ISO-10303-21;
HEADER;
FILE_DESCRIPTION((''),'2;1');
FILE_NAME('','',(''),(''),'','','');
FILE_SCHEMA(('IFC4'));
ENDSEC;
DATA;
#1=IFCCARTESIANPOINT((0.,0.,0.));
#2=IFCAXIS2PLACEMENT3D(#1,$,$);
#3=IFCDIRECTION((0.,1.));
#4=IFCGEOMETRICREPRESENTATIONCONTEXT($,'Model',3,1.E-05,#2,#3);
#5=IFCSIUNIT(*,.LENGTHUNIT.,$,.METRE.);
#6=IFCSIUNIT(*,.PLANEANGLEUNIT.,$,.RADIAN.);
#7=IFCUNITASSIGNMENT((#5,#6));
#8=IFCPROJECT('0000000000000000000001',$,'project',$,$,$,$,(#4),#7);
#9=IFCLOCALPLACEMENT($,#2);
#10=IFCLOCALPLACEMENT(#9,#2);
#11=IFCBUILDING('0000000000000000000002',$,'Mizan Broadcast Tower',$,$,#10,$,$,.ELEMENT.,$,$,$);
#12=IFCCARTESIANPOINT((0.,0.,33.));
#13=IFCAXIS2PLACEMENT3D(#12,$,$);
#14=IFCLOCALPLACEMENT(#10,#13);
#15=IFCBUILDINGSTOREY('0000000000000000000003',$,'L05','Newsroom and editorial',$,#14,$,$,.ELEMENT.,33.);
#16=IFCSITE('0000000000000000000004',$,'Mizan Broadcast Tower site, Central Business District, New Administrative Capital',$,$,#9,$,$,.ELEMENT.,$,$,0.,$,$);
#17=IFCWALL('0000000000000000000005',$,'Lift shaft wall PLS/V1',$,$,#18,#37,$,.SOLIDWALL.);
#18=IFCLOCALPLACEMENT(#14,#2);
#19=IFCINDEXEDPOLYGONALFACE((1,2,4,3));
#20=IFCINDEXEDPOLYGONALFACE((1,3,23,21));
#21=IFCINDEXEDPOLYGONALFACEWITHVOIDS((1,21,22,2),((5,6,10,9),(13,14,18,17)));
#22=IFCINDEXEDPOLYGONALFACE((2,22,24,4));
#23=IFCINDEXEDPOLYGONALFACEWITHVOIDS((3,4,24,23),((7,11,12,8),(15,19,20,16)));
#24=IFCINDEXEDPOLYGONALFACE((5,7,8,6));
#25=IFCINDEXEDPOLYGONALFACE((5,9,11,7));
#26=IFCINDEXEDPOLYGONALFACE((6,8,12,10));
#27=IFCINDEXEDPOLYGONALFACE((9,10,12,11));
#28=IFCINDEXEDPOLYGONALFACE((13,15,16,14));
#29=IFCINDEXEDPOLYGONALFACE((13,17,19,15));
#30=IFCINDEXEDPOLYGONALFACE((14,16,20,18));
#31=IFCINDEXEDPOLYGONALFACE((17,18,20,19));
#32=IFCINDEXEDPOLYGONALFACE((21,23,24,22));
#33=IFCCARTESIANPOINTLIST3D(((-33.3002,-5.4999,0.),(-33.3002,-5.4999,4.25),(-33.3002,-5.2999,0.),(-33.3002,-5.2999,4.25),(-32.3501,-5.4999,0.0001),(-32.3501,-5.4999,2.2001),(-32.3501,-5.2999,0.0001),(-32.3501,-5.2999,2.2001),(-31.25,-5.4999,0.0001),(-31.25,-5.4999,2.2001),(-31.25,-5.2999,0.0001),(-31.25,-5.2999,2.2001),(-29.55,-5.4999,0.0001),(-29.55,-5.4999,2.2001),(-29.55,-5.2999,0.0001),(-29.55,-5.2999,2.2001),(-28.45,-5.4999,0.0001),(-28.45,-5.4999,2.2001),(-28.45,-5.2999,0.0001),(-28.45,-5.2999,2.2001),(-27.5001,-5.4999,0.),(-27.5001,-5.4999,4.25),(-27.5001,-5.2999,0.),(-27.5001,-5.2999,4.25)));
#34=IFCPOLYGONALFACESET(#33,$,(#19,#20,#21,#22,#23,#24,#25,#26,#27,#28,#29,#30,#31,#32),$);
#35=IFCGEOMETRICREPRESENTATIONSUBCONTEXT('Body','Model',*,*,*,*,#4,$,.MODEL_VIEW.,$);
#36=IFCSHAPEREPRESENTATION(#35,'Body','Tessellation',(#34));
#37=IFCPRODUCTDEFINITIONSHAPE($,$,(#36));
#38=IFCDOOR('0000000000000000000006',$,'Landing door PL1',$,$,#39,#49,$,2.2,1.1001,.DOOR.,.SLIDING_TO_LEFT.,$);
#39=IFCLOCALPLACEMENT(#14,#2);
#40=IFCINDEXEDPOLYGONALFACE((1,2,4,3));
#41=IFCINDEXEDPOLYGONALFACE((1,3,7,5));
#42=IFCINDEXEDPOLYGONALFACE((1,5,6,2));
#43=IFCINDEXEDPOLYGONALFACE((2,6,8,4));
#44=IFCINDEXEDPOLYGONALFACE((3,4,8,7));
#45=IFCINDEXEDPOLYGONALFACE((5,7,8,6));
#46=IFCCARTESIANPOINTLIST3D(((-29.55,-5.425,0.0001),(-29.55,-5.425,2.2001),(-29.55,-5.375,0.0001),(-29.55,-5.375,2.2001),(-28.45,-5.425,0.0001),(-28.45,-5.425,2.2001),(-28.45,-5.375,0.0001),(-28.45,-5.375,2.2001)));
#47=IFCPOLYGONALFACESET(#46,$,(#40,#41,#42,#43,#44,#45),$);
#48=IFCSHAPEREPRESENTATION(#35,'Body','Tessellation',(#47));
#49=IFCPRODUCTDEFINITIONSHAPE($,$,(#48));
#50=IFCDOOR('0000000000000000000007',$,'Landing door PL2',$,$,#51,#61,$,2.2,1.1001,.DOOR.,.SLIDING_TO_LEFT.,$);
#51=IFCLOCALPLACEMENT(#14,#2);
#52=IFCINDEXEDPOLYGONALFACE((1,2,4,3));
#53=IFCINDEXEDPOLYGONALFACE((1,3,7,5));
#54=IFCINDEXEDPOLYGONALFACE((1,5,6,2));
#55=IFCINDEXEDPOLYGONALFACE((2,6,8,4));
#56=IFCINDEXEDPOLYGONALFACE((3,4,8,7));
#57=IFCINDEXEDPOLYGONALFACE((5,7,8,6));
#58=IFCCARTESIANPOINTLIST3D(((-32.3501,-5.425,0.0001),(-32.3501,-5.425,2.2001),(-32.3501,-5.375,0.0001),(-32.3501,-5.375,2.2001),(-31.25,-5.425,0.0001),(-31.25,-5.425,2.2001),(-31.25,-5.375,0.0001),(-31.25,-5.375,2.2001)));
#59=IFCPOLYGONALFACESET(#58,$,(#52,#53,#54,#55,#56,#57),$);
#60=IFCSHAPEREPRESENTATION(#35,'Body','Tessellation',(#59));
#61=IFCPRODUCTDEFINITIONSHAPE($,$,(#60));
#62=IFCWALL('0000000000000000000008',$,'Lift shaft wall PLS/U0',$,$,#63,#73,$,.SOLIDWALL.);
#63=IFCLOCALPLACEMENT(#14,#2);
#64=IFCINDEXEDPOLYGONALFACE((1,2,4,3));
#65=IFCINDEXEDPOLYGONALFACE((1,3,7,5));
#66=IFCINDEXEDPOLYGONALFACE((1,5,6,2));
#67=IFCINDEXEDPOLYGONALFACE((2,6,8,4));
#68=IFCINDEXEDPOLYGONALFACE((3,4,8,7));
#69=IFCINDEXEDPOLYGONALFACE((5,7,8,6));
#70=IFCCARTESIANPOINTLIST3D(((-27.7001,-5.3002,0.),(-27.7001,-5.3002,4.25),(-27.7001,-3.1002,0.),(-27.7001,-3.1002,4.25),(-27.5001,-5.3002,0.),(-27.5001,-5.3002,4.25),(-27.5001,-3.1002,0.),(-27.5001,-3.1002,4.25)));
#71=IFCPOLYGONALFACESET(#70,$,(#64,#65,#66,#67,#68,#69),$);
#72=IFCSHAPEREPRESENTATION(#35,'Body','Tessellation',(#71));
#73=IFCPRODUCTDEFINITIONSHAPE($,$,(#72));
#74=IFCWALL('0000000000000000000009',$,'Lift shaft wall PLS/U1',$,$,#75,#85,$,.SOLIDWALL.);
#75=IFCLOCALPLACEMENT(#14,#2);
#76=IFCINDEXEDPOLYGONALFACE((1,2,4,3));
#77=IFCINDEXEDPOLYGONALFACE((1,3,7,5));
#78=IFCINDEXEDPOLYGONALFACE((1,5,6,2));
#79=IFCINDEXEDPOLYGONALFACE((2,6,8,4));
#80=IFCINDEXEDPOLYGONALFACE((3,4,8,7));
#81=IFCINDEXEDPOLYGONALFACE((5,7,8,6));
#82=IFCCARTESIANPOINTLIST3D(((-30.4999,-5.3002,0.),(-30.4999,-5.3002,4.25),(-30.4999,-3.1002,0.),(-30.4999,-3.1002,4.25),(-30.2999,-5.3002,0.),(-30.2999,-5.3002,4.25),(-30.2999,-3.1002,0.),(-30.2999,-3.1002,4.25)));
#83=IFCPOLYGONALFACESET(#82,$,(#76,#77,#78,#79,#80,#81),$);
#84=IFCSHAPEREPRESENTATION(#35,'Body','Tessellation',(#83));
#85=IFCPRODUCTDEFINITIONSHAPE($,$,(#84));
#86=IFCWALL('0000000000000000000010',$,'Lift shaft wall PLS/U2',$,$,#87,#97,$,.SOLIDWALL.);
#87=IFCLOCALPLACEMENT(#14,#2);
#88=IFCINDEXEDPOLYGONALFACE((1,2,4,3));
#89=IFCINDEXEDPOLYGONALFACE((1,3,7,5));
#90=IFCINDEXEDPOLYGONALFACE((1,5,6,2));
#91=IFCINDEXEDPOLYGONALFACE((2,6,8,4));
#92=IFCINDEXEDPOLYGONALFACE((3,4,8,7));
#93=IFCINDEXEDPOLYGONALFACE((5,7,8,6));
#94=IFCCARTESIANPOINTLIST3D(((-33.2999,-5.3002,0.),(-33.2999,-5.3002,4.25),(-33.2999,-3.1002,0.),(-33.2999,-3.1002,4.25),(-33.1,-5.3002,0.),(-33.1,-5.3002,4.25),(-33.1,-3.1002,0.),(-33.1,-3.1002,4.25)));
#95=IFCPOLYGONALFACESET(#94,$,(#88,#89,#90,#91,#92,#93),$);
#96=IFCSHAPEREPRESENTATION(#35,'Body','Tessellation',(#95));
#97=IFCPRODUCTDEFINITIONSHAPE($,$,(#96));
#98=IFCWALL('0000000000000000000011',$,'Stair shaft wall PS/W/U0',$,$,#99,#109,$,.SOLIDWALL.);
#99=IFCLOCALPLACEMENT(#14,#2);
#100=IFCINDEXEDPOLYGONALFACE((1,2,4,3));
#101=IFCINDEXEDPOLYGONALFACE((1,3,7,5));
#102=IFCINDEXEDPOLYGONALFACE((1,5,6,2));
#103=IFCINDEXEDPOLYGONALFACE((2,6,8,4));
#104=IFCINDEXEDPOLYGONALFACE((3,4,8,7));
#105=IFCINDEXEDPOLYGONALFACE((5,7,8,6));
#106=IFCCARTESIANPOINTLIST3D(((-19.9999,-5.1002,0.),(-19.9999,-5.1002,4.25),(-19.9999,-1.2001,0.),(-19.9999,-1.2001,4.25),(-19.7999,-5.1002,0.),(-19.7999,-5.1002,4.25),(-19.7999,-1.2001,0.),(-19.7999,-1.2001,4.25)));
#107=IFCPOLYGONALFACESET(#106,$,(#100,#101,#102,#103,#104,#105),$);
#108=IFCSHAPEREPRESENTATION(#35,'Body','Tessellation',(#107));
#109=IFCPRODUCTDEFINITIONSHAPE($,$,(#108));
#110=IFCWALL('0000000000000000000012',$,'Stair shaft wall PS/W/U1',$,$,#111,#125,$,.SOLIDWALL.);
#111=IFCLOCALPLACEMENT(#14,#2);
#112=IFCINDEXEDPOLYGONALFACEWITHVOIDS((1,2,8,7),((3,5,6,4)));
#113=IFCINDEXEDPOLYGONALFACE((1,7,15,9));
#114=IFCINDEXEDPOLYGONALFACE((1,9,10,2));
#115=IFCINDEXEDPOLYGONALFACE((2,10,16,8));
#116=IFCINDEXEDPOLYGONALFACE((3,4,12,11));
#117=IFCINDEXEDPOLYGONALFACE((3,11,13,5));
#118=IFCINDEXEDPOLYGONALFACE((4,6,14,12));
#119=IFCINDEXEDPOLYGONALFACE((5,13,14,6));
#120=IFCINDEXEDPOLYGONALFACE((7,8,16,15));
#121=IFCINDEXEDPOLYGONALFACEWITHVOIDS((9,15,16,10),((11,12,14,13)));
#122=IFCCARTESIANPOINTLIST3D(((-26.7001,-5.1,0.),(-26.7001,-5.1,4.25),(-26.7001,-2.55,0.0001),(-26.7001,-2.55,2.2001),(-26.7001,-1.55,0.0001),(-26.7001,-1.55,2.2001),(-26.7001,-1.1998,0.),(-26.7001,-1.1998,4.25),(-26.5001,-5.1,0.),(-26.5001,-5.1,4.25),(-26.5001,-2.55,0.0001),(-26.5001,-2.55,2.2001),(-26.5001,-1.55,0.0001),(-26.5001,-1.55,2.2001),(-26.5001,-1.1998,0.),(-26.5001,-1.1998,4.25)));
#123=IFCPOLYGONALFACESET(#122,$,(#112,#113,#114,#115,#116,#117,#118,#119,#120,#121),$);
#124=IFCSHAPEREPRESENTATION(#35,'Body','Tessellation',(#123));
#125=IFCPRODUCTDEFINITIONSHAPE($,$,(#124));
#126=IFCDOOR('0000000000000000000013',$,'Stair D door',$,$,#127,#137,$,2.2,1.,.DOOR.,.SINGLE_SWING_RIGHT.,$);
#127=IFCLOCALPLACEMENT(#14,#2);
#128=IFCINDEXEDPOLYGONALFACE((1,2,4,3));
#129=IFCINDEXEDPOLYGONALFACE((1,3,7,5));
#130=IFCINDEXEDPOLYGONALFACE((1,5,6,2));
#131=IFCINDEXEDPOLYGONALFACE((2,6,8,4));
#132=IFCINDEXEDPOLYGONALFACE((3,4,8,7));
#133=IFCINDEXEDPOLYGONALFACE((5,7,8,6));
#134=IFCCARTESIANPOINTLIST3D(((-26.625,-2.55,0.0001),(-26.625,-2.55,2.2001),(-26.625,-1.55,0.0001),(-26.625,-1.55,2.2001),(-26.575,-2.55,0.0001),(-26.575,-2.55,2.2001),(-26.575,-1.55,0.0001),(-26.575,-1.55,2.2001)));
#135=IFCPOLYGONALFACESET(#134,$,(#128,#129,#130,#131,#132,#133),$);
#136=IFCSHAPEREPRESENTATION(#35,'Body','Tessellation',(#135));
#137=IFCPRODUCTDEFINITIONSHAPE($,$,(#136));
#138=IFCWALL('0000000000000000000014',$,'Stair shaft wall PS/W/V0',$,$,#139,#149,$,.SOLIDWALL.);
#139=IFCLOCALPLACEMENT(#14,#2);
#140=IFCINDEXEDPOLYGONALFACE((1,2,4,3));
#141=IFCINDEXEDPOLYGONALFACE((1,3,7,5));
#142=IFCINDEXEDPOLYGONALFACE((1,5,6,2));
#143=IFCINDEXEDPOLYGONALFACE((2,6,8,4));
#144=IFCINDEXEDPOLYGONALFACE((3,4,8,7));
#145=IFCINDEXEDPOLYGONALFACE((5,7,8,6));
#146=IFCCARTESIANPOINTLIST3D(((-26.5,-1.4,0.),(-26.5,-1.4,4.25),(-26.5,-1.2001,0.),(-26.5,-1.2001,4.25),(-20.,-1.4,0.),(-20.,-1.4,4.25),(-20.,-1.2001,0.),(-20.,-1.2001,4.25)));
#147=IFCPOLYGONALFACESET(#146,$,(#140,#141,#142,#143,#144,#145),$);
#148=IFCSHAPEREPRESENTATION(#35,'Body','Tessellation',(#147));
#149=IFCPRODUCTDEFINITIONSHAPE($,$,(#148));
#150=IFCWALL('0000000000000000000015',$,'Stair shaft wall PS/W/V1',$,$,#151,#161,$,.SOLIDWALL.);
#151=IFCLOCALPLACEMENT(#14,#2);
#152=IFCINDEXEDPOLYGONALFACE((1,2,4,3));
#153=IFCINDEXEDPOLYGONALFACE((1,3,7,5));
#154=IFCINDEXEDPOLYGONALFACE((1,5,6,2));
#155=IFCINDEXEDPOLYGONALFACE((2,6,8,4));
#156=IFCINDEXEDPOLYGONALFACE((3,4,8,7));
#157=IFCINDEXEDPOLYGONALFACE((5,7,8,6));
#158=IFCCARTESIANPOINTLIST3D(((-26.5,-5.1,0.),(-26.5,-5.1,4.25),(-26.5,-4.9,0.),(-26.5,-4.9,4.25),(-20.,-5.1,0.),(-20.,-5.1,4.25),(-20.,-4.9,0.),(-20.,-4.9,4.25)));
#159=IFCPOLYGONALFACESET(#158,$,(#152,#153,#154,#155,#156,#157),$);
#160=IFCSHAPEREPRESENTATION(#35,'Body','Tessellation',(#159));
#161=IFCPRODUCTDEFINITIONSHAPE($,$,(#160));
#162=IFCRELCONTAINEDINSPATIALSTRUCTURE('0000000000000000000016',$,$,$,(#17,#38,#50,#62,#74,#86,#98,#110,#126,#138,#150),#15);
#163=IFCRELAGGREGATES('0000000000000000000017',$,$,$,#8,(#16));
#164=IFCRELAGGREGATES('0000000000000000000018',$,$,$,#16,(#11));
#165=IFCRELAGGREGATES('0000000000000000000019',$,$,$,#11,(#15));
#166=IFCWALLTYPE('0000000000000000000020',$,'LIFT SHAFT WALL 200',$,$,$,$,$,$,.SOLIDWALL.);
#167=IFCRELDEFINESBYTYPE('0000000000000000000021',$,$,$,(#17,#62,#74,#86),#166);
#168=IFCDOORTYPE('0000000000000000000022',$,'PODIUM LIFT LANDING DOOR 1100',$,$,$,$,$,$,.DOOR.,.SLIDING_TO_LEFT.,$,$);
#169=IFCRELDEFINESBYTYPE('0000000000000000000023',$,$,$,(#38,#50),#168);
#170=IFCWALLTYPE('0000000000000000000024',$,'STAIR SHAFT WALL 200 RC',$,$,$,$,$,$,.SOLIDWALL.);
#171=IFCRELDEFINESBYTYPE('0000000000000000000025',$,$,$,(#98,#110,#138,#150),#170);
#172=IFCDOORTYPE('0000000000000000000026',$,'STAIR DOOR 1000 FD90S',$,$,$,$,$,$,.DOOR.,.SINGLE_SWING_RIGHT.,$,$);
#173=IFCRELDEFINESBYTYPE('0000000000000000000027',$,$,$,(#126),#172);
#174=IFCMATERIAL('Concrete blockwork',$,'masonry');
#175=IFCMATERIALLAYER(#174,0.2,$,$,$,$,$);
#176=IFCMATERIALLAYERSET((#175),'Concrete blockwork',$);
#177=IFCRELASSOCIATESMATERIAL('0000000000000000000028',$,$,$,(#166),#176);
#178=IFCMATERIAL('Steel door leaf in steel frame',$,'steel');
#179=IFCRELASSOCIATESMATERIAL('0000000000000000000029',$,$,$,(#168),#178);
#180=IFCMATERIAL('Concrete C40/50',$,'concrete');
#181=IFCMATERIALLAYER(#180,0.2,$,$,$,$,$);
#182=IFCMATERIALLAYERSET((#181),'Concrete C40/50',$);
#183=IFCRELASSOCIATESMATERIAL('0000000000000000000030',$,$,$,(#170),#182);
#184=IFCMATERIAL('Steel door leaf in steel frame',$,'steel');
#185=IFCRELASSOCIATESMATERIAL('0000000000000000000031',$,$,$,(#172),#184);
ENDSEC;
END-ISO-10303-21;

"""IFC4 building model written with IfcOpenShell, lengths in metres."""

from ifc_helpers import new_model, si_unit, direction, frame, frame_2d, origin, place, context, subcontext, project, spatial, rectangle, extrude, material, layer, layer_set, type_object, element, fill, save


model = new_model("IFC4")

# Units and contexts
model_context = context("Model", 3, precision=1e-05, world=origin(), true_north=direction((0.0, 1.0)))
body_context = subcontext(model_context, "Body", "Model", "MODEL_VIEW")
ifc_project = project(units=[si_unit("LENGTHUNIT", "METRE"), si_unit("PLANEANGLEUNIT", "RADIAN")], contexts=[model_context])

# Site, building, storey
site_placement = place(None, origin())
site = spatial("IfcSite", under=ifc_project, at=site_placement, Name="Mizan Broadcast Tower site, Central Business District, New Administrative Capital", CompositionType="ELEMENT", RefElevation=0.0)
building_placement = place(site_placement, origin())
building = spatial("IfcBuilding", under=site, at=building_placement, Name="Mizan Broadcast Tower", CompositionType="ELEMENT")
storey_placement = place(building_placement, frame((0.0, 0.0, 33.0)))
storey = spatial("IfcBuildingStorey", under=building, at=storey_placement, Name="L05", Description="Newsroom and editorial", CompositionType="ELEMENT", Elevation=33.0)

# Shared definitions
ifc_material_1 = material(Name="Concrete blockwork", Category="masonry")
ifc_layer_1 = layer(ifc_material_1, 0.2)
ifc_layer_set_1 = layer_set([ifc_layer_1], Name="Concrete blockwork")
wall_type_1 = type_object("IfcWallType", Name="LIFT SHAFT WALL 200", PredefinedType="SOLIDWALL", material=ifc_layer_set_1)

# Wall, openings, doors
wall_1_placement = place(storey_placement, frame((-33.3, -5.3999, 0.0), z_axis=(0.0, 0.0, 1.0), x_axis=(1.0, 0.0, 0.0)))
wall_1 = element("IfcWall", 1, at=wall_1_placement, inside=storey, type_object=wall_type_1, Name="Lift shaft wall PLS/V1", PredefinedType="SOLIDWALL", context=body_context, shape_type="SweptSolid", body=[
    extrude(rectangle(XDim=5.8, YDim=0.2, at=frame_2d((2.8999, 0.0))), origin(), (0.0, 0.0, 1.0), 4.25),
])
opening_1_placement = place(wall_1_placement, frame((3.75, 0.0, 0.0)))
opening_1 = element("IfcOpeningElement", 2, at=opening_1_placement, cuts=wall_1, PredefinedType="OPENING", context=body_context, shape_type="SweptSolid", body=[
    extrude(rectangle(XDim=1.1001, YDim=2.2, at=frame_2d((0.55, 1.1001))), frame((0.0, 0.1099, 0.0), z_axis=(0.0, -1.0, 0.0), x_axis=(1.0, 0.0, 0.0)), (0.0, 0.0, 1.0), 0.22),
])
opening_2_placement = place(wall_1_placement, frame((0.95, 0.0, 0.0)))
opening_2 = element("IfcOpeningElement", 3, at=opening_2_placement, cuts=wall_1, PredefinedType="OPENING", context=body_context, shape_type="SweptSolid", body=[
    extrude(rectangle(XDim=1.1001, YDim=2.2, at=frame_2d((0.55, 1.1001))), frame((0.0, 0.1099, 0.0), z_axis=(0.0, -1.0, 0.0), x_axis=(1.0, 0.0, 0.0)), (0.0, 0.0, 1.0), 0.22),
])
ifc_material_2 = material(Name="Steel door leaf in steel frame", Category="steel")
door_type_1 = type_object("IfcDoorType", Name="PODIUM LIFT LANDING DOOR 1100", OperationType="SLIDING_TO_LEFT", PredefinedType="DOOR", material=ifc_material_2)
door_1_placement = place(opening_1_placement, origin())
door_1 = element("IfcDoor", 4, at=door_1_placement, inside=storey, type_object=door_type_1, Name="Landing door PL1", OperationType="SLIDING_TO_LEFT", OverallHeight=2.2, OverallWidth=1.1001, PredefinedType="DOOR", context=body_context, shape_type="SweptSolid", body=[
    extrude(rectangle(XDim=1.1001, YDim=2.2, at=frame_2d((0.55, 1.1001))), frame((0.0, 0.0249, 0.0), z_axis=(0.0, -1.0, 0.0), x_axis=(1.0, 0.0, 0.0)), (0.0, 0.0, 1.0), 0.05),
])
fill(opening_1, door_1)
door_2_placement = place(opening_2_placement, origin())
door_2 = element("IfcDoor", 5, at=door_2_placement, inside=storey, type_object=door_type_1, Name="Landing door PL2", OperationType="SLIDING_TO_LEFT", OverallHeight=2.2, OverallWidth=1.1001, PredefinedType="DOOR", context=body_context, shape_type="SweptSolid", body=[
    extrude(rectangle(XDim=1.1001, YDim=2.2, at=frame_2d((0.55, 1.1001))), frame((0.0, 0.0249, 0.0), z_axis=(0.0, -1.0, 0.0), x_axis=(1.0, 0.0, 0.0)), (0.0, 0.0, 1.0), 0.05),
])
fill(opening_2, door_2)

# Walls
for number, where, z_axis, x_axis, name in (
    (6, (-27.6001, -3.1001, 0.0), (0.0, 0.0, 1.0), (0.0, -1.0, 0.0), "Lift shaft wall PLS/U0"),
    (7, (-30.3999, -3.1001, 0.0), (0.0, 0.0, 1.0), (0.0, -1.0, 0.0), "Lift shaft wall PLS/U1"),
    (8, (-33.2, -3.1001, 0.0), (0.0, 0.0, 1.0), (0.0, -1.0, 0.0), "Lift shaft wall PLS/U2"),
):
    element("IfcWall", number, at=place(storey_placement, frame(where, z_axis=z_axis, x_axis=x_axis)), inside=storey, type_object=wall_type_1, Name=name, PredefinedType="SOLIDWALL", context=body_context, shape_type="SweptSolid", body=[
        extrude(rectangle(XDim=2.2, YDim=0.2, at=frame_2d((1.1001, 0.0))), origin(), (0.0, 0.0, 1.0), 4.25),
    ])
ifc_material_3 = material(Name="Concrete C40/50", Category="concrete")
ifc_layer_2 = layer(ifc_material_3, 0.2)
ifc_layer_set_2 = layer_set([ifc_layer_2], Name="Concrete C40/50")
wall_type_2 = type_object("IfcWallType", Name="STAIR SHAFT WALL 200 RC", PredefinedType="SOLIDWALL", material=ifc_layer_set_2)
wall_2_placement = place(storey_placement, frame((-19.8999, -1.2, 0.0), z_axis=(0.0, 0.0, 1.0), x_axis=(0.0, -1.0, 0.0)))
element("IfcWall", 9, at=wall_2_placement, inside=storey, type_object=wall_type_2, Name="Stair shaft wall PS/W/U0", PredefinedType="SOLIDWALL", context=body_context, shape_type="SweptSolid", body=[
    extrude(rectangle(XDim=3.9001, YDim=0.2, at=frame_2d((1.9502, 0.0))), origin(), (0.0, 0.0, 1.0), 4.25),
])

# Wall, opening, door
wall_3_placement = place(storey_placement, frame((-26.6001, -5.1001, 0.0), z_axis=(0.0, 0.0, 1.0), x_axis=(0.0, 1.0, 0.0)))
wall_3 = element("IfcWall", 10, at=wall_3_placement, inside=storey, type_object=wall_type_2, Name="Stair shaft wall PS/W/U1", PredefinedType="SOLIDWALL", context=body_context, shape_type="SweptSolid", body=[
    extrude(rectangle(XDim=3.9001, YDim=0.2, at=frame_2d((1.9502, 0.0))), origin(), (0.0, 0.0, 1.0), 4.25),
])
opening_3_placement = place(wall_3_placement, frame((2.55, 0.0, 0.0)))
opening_3 = element("IfcOpeningElement", 11, at=opening_3_placement, cuts=wall_3, PredefinedType="OPENING", context=body_context, shape_type="SweptSolid", body=[
    extrude(rectangle(XDim=1.0, YDim=2.2, at=frame_2d((0.5, 1.1001))), frame((0.0, 0.1099, 0.0), z_axis=(0.0, -1.0, 0.0), x_axis=(1.0, 0.0, 0.0)), (0.0, 0.0, 1.0), 0.22),
])
ifc_material_4 = material(Name="Steel door leaf in steel frame", Category="steel")
door_type_2 = type_object("IfcDoorType", Name="STAIR DOOR 1000 FD90S", OperationType="SINGLE_SWING_RIGHT", PredefinedType="DOOR", material=ifc_material_4)
door_3_placement = place(opening_3_placement, origin())
door_3 = element("IfcDoor", 12, at=door_3_placement, inside=storey, type_object=door_type_2, Name="Stair D door", OperationType="SINGLE_SWING_RIGHT", OverallHeight=2.2, OverallWidth=1.0, PredefinedType="DOOR", context=body_context, shape_type="SweptSolid", body=[
    extrude(rectangle(XDim=1.0, YDim=2.2, at=frame_2d((0.5, 1.1001))), frame((0.0, 0.0249, 0.0), z_axis=(0.0, -1.0, 0.0), x_axis=(1.0, 0.0, 0.0)), (0.0, 0.0, 1.0), 0.05),
])
fill(opening_3, door_3)

# Walls
for number, where, z_axis, x_axis, name in (
    (13, (-20.0, -1.3, 0.0), (0.0, 0.0, 1.0), (-1.0, 0.0, 0.0), "Stair shaft wall PS/W/V0"),
    (14, (-26.5, -5.0, 0.0), (0.0, 0.0, 1.0), (1.0, 0.0, 0.0), "Stair shaft wall PS/W/V1"),
):
    element("IfcWall", number, at=place(storey_placement, frame(where, z_axis=z_axis, x_axis=x_axis)), inside=storey, type_object=wall_type_2, Name=name, PredefinedType="SOLIDWALL", context=body_context, shape_type="SweptSolid", body=[
        extrude(rectangle(XDim=6.5, YDim=0.2, at=frame_2d((3.25, 0.0))), origin(), (0.0, 0.0, 1.0), 4.25),
    ])

save(model, "model.ifc")
